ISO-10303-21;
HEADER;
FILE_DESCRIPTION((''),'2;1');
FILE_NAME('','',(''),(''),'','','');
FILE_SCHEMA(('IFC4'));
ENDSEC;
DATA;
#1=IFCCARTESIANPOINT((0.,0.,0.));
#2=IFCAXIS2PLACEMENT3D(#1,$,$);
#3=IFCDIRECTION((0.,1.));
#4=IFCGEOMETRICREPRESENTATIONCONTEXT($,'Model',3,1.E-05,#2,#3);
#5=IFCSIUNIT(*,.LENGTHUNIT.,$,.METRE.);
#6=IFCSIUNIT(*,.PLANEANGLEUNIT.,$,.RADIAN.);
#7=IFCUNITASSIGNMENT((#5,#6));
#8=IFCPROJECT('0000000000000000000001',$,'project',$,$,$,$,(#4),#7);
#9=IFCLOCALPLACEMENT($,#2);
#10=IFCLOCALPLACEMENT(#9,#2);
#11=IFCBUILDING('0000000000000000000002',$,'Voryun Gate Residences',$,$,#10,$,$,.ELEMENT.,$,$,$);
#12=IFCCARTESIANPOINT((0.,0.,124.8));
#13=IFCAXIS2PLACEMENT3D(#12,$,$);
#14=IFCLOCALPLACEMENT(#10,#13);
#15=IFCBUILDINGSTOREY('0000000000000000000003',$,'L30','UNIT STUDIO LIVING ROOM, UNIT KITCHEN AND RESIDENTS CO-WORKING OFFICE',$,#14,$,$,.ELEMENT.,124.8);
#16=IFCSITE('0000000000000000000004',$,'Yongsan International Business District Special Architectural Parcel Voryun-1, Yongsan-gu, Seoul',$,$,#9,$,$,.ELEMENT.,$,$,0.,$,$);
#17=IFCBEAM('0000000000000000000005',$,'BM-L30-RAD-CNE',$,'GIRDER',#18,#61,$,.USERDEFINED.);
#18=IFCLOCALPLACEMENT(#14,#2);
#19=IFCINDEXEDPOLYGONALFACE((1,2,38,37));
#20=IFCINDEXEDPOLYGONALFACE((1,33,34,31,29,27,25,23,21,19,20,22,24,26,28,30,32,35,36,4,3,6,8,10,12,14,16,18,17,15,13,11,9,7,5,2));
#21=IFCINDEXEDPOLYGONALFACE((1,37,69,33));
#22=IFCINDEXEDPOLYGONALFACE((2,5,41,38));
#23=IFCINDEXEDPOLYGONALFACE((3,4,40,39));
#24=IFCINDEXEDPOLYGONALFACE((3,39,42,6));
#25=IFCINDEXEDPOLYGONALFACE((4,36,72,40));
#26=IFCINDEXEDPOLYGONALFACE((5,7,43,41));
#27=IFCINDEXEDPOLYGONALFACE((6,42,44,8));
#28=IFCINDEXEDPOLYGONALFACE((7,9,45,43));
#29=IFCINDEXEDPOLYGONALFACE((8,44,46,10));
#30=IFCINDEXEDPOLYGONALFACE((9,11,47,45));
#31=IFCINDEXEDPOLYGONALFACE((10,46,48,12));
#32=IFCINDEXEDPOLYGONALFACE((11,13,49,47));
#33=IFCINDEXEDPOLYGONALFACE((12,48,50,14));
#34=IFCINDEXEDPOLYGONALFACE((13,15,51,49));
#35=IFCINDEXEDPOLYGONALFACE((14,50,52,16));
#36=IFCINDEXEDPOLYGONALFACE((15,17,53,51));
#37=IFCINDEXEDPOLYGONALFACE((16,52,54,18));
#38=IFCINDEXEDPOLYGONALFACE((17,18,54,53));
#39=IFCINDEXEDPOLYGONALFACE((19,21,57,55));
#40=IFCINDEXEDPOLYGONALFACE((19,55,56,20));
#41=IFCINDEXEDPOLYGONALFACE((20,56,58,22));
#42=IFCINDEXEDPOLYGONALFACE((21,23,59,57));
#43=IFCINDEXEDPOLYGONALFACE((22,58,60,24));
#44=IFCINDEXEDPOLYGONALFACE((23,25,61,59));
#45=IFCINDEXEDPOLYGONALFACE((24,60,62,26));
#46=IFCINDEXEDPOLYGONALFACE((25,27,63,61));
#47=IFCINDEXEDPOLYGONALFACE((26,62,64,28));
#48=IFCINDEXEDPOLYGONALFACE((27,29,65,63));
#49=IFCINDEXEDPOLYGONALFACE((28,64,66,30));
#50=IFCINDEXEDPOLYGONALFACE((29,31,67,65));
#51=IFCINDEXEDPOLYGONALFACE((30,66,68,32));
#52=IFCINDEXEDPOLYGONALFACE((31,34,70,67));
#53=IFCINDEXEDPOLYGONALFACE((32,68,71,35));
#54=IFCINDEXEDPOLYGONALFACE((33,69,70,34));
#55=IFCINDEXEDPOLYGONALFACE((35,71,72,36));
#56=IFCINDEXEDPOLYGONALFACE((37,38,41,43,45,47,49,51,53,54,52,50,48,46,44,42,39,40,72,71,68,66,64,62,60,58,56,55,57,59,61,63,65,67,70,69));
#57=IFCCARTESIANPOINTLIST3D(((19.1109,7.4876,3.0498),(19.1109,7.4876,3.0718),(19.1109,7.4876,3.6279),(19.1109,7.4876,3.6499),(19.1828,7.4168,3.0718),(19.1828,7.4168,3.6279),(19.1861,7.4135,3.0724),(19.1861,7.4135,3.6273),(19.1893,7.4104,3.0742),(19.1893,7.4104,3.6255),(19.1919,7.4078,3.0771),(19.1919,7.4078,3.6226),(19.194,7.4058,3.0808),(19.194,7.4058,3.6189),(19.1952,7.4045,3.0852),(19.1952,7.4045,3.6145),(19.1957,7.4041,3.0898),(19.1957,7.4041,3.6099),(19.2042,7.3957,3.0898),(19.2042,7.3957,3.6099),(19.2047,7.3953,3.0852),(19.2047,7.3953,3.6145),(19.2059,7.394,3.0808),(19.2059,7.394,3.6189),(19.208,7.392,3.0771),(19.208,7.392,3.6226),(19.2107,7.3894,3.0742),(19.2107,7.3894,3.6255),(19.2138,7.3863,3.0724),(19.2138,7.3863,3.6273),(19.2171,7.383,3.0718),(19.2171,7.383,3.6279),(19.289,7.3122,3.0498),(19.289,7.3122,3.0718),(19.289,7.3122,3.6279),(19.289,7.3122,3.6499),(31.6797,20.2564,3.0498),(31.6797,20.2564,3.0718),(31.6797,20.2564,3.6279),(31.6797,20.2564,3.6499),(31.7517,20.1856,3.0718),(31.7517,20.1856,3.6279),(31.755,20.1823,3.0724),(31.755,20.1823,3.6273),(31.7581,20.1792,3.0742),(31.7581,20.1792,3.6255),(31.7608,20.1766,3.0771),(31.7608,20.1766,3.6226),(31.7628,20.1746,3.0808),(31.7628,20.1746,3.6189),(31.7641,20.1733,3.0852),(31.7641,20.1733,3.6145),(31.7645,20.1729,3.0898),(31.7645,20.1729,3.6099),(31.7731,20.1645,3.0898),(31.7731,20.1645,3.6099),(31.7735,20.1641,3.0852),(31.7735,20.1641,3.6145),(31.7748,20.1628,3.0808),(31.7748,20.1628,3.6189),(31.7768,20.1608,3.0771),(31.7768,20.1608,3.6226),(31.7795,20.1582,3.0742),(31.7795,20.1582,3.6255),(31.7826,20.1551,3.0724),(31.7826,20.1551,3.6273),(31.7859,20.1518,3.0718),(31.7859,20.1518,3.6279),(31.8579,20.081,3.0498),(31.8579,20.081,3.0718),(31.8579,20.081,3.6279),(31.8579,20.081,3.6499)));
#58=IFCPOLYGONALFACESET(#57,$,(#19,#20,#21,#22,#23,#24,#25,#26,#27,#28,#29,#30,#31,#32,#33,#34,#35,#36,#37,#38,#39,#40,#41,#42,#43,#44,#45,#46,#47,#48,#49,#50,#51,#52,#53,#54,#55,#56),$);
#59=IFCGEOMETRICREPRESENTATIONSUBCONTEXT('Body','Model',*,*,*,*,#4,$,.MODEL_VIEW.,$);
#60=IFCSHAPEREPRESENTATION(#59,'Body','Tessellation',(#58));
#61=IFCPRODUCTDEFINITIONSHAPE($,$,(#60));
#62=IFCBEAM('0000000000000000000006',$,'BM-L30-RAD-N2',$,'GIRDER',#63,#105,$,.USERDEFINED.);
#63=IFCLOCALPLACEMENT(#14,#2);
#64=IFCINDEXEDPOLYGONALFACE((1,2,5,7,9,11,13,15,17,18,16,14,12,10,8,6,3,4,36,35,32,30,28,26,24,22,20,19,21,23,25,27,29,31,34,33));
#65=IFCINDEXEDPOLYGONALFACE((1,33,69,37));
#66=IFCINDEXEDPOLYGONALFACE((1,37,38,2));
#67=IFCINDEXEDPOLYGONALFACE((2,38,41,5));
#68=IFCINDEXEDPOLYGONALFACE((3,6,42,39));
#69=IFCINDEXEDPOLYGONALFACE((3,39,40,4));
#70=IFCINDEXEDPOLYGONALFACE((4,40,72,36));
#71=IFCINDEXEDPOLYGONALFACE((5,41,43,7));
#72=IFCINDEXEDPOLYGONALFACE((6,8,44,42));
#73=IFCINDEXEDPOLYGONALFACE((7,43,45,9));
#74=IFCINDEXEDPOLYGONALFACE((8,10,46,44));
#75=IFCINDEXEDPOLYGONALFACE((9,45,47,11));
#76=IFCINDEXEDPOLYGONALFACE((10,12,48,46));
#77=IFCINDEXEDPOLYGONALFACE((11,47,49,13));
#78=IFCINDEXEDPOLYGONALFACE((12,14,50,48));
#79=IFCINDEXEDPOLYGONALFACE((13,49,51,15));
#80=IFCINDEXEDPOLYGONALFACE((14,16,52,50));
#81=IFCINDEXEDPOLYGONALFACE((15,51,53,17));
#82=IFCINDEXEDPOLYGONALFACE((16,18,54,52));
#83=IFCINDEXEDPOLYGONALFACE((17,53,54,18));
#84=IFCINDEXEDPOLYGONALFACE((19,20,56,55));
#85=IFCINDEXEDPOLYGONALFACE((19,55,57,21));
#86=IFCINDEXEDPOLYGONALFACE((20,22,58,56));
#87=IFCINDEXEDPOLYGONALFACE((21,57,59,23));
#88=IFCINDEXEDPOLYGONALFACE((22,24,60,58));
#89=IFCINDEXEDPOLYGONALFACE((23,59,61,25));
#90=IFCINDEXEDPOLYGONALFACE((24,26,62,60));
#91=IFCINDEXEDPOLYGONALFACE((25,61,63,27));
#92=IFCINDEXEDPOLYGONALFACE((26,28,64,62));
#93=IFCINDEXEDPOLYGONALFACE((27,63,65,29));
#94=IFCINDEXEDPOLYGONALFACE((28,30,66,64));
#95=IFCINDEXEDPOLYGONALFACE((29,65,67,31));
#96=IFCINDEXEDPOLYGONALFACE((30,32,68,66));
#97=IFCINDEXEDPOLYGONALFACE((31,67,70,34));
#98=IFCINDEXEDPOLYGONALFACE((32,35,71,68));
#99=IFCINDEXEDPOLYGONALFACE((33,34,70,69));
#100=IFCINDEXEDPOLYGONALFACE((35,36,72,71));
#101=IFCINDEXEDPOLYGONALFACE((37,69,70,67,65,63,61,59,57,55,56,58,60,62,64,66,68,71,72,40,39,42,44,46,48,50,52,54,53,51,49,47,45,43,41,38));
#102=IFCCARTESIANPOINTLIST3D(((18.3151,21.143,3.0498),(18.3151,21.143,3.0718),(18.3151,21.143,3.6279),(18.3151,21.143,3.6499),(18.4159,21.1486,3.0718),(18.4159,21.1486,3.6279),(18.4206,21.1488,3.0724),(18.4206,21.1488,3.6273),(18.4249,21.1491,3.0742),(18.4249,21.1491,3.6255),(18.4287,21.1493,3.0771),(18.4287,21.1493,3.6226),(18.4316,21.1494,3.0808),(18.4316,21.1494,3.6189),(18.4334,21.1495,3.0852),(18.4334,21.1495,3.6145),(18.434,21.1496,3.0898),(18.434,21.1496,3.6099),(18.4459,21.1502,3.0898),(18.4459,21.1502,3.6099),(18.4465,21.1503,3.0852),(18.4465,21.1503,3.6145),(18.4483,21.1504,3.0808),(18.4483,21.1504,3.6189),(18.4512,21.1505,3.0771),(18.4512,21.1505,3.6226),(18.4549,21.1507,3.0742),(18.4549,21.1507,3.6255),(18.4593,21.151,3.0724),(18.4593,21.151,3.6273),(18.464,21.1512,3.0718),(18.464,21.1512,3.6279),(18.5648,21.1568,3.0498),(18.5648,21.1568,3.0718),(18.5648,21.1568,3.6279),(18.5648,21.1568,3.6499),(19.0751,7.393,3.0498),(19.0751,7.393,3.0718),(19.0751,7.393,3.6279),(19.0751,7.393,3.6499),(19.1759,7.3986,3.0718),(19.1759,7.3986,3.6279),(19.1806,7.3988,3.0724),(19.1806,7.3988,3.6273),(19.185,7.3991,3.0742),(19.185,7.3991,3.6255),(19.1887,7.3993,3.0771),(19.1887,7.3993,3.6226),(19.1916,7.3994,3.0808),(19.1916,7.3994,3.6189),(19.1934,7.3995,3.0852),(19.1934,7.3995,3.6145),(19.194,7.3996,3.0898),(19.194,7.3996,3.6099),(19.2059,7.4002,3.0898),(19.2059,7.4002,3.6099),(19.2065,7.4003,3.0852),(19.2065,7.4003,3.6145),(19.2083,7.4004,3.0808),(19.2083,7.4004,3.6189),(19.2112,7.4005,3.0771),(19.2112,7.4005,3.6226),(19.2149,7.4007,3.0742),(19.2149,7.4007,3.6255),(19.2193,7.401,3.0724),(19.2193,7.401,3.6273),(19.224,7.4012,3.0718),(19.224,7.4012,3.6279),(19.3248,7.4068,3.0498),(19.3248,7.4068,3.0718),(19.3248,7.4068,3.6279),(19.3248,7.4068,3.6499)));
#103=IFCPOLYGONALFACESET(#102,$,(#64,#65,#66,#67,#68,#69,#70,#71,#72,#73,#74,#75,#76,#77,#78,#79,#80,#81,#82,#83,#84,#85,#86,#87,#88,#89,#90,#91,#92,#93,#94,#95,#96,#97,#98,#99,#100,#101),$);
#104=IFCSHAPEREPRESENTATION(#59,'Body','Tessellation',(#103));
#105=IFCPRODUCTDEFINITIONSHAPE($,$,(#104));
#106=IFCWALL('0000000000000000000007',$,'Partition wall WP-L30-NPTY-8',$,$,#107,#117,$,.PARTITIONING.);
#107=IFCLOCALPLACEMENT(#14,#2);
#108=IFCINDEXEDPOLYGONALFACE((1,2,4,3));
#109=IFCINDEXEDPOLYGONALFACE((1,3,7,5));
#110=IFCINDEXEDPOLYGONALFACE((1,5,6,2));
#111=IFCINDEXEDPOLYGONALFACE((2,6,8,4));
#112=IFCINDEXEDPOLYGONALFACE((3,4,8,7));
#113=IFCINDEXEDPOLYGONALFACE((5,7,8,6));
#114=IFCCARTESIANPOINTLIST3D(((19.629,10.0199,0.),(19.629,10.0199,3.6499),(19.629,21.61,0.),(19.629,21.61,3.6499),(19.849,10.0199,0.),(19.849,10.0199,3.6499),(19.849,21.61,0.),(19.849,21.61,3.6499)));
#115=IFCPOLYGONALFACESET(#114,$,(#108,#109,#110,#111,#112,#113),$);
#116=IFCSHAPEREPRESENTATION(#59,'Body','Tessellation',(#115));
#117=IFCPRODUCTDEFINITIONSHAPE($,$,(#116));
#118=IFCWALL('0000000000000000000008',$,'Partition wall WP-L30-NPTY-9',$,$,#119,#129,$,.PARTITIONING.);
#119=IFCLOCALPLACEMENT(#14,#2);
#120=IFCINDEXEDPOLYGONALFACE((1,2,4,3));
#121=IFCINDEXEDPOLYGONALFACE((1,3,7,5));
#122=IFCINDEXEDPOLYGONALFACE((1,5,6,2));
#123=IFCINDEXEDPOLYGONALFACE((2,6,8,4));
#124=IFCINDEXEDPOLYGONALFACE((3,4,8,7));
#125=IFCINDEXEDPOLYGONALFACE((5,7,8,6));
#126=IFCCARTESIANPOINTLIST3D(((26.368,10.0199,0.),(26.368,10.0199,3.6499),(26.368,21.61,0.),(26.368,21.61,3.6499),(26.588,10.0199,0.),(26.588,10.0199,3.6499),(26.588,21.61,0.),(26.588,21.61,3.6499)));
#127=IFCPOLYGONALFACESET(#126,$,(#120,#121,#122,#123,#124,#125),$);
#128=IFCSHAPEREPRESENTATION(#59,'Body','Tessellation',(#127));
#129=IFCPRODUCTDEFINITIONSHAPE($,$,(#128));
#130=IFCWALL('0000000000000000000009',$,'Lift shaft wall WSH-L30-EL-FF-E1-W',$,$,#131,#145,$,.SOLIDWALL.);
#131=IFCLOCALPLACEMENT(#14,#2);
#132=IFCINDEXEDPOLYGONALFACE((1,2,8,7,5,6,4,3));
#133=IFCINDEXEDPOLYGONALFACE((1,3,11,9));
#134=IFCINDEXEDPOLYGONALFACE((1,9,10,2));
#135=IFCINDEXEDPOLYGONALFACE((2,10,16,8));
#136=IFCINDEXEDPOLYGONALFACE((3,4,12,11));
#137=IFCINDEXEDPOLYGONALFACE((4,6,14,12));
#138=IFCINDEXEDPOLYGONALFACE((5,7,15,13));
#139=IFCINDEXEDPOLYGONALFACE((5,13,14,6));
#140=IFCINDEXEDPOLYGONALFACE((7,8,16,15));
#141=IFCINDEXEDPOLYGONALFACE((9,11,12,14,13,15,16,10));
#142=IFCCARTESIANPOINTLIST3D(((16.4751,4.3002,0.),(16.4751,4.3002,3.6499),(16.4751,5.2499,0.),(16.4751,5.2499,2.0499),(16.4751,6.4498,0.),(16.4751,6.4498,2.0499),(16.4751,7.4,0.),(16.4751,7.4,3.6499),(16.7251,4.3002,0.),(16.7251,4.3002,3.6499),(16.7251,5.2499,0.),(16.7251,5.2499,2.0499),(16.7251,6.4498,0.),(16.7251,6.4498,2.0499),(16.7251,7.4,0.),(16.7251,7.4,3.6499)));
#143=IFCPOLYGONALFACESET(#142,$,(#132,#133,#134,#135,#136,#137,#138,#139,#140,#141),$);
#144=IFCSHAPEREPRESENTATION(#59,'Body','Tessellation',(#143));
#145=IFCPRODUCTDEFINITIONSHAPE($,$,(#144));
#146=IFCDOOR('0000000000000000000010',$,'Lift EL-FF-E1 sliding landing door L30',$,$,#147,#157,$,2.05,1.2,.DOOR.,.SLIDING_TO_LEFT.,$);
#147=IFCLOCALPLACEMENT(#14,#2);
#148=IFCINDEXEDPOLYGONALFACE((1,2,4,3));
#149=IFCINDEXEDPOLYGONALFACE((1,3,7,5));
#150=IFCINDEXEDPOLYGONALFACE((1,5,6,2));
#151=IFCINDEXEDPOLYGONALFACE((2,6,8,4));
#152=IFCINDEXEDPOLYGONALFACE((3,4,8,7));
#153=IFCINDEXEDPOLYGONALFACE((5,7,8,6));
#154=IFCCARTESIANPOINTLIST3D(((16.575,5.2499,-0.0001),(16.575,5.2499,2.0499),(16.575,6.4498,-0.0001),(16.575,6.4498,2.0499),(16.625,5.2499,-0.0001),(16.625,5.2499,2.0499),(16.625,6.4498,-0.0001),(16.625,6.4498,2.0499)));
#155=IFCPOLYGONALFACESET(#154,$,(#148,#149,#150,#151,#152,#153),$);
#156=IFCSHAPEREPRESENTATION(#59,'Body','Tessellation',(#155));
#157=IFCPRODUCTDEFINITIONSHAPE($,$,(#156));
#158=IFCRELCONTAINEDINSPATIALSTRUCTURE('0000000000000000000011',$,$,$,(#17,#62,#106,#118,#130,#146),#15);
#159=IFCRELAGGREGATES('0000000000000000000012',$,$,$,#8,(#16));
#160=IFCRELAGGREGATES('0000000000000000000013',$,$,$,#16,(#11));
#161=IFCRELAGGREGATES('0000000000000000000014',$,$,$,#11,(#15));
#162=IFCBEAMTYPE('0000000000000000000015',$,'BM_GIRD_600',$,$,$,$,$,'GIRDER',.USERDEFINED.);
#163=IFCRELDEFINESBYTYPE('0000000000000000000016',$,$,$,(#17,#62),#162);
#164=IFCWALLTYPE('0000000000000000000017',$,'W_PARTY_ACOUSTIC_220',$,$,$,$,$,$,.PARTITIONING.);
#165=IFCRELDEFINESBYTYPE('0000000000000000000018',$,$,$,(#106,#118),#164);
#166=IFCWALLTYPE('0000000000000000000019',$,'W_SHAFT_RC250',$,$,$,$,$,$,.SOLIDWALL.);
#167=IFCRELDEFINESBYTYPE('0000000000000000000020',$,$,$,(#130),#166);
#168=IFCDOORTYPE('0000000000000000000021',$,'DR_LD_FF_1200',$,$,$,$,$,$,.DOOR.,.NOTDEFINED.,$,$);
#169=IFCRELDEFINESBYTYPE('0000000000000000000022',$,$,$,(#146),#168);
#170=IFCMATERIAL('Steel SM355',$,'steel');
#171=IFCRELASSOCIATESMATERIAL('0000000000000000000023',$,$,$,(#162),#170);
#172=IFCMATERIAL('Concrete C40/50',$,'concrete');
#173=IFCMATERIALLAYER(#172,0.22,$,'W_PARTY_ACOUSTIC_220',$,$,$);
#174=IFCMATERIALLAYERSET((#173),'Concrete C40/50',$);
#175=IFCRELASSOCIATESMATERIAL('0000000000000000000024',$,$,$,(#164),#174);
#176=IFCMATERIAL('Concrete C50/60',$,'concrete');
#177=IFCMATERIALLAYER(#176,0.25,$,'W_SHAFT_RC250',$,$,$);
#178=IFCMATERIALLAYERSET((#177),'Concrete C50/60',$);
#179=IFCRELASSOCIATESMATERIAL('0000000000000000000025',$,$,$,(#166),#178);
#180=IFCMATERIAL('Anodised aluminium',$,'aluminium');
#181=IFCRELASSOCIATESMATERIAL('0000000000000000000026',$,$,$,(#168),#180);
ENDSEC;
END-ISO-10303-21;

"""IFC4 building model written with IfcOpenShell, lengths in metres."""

from ifc_helpers import new_model, si_unit, direction, frame, frame_2d, origin, origin_2d, place, context, subcontext, project, spatial, rectangle, i_section, extrude, material, layer, layer_set, material_profile, profile_set, type_object, element, fill, save


model = new_model("IFC4")

# Units and contexts
model_context = context("Model", 3, precision=1e-05, world=origin(), true_north=direction((0.0, 1.0)))
body_context = subcontext(model_context, "Body", "Model", "MODEL_VIEW")
ifc_project = project(units=[si_unit("LENGTHUNIT", "METRE"), si_unit("PLANEANGLEUNIT", "RADIAN")], contexts=[model_context])

# Site, building, storey
site_placement = place(None, origin())
site = spatial("IfcSite", under=ifc_project, at=site_placement, Name="Yongsan International Business District Special Architectural Parcel Voryun-1, Yongsan-gu, Seoul", CompositionType="ELEMENT", RefElevation=0.0)
building_placement = place(site_placement, origin())
building = spatial("IfcBuilding", under=site, at=building_placement, Name="Voryun Gate Residences", CompositionType="ELEMENT")
storey_placement = place(building_placement, frame((0.0, 0.0, 124.8)))
storey = spatial("IfcBuildingStorey", under=building, at=storey_placement, Name="L30", Description="UNIT STUDIO LIVING ROOM, UNIT KITCHEN AND RESIDENTS CO-WORKING OFFICE", CompositionType="ELEMENT", Elevation=124.8)

# Beams
ifc_material_1 = material(Name="Steel SM355", Category="steel")
ifc_material_profile_1 = material_profile(ifc_material_1, i_section(OverallWidth=0.25, OverallDepth=0.6001, WebThickness=0.012, FlangeThickness=0.022, FilletRadius=0.0181, at=origin_2d()), Name="H-600x250x12x22")
ifc_profile_set_1 = profile_set([ifc_material_profile_1], Name="Steel SM355")
beam_type_1 = type_object("IfcBeamType", Name="BM_GIRD_600", ElementType="GIRDER", PredefinedType="USERDEFINED", material=ifc_profile_set_1)
beam_1_placement = place(storey_placement, frame((19.2, 7.3999, 3.3499), z_axis=(0.701505, 0.712665, 0.0), x_axis=(-0.712665, 0.701505, 0.0)))
element("IfcBeam", 1, at=beam_1_placement, inside=storey, type_object=beam_type_1, Name="BM-L30-RAD-CNE", ObjectType="GIRDER", PredefinedType="USERDEFINED", context=body_context, shape_type="SweptSolid", body=[
    extrude(i_section(OverallWidth=0.25, OverallDepth=0.6001, WebThickness=0.012, FlangeThickness=0.022, FilletRadius=0.0181, at=origin_2d()), origin(), (0.0, 0.0, 1.0), 17.917),
])
beam_2_placement = place(storey_placement, frame((19.2, 7.3999, 3.3499), z_axis=(-0.055189, 0.998476, 0.0), x_axis=(-0.998476, -0.055189, 0.0)))
element("IfcBeam", 2, at=beam_2_placement, inside=storey, type_object=beam_type_1, Name="BM-L30-RAD-N2", ObjectType="GIRDER", PredefinedType="USERDEFINED", context=body_context, shape_type="SweptSolid", body=[
    extrude(i_section(OverallWidth=0.25, OverallDepth=0.6001, WebThickness=0.012, FlangeThickness=0.022, FilletRadius=0.0181, at=origin_2d()), origin(), (0.0, 0.0, 1.0), 13.771),
])

# Walls
ifc_material_2 = material(Name="Concrete C40/50", Category="concrete")
ifc_layer_1 = layer(ifc_material_2, 0.22, Name="W_PARTY_ACOUSTIC_220")
ifc_layer_set_1 = layer_set([ifc_layer_1], Name="Concrete C40/50")
wall_type_1 = type_object("IfcWallType", Name="W_PARTY_ACOUSTIC_220", PredefinedType="PARTITIONING", material=ifc_layer_set_1)
for number, where, z_axis, x_axis, name in (
    (3, (19.739, 10.02, 0.0), (0.0, 0.0, 1.0), (0.0, 1.0, 0.0), "Partition wall WP-L30-NPTY-8"),
    (4, (26.478, 10.02, 0.0), (0.0, 0.0, 1.0), (0.0, 1.0, 0.0), "Partition wall WP-L30-NPTY-9"),
):
    element("IfcWall", number, at=place(storey_placement, frame(where, z_axis=z_axis, x_axis=x_axis)), inside=storey, type_object=wall_type_1, Name=name, PredefinedType="PARTITIONING", context=body_context, shape_type="SweptSolid", body=[
        extrude(rectangle(XDim=11.5901, YDim=0.22, at=frame_2d((5.7949, 0.0))), origin(), (0.0, 0.0, 1.0), 3.6499),
    ])

# Wall, opening, door
ifc_material_3 = material(Name="Concrete C50/60", Category="concrete")
ifc_layer_2 = layer(ifc_material_3, 0.25, Name="W_SHAFT_RC250")
ifc_layer_set_2 = layer_set([ifc_layer_2], Name="Concrete C50/60")
wall_type_2 = type_object("IfcWallType", Name="W_SHAFT_RC250", PredefinedType="SOLIDWALL", material=ifc_layer_set_2)
wall_1_placement = place(storey_placement, frame((16.6001, 7.3999, 0.0), z_axis=(0.0, 0.0, 1.0), x_axis=(0.0, -1.0, 0.0)))
wall_1 = element("IfcWall", 5, at=wall_1_placement, inside=storey, type_object=wall_type_2, Name="Lift shaft wall WSH-L30-EL-FF-E1-W", PredefinedType="SOLIDWALL", context=body_context, shape_type="SweptSolid", body=[
    extrude(rectangle(XDim=3.0999, YDim=0.25, at=frame_2d((1.5498, 0.0))), origin(), (0.0, 0.0, 1.0), 3.6499),
])
opening_1_placement = place(wall_1_placement, frame((0.95, 0.0, 0.0)))
opening_1 = element("IfcOpeningElement", 6, at=opening_1_placement, cuts=wall_1, PredefinedType="OPENING", context=body_context, shape_type="SweptSolid", body=[
    extrude(rectangle(XDim=1.2, YDim=2.05, at=frame_2d((0.6001, 1.0249))), frame((0.0, 0.135, 0.0), z_axis=(0.0, -1.0, 0.0), x_axis=(1.0, 0.0, 0.0)), (0.0, 0.0, 1.0), 0.27),
])
ifc_material_4 = material(Name="Anodised aluminium", Category="aluminium")
door_type_1 = type_object("IfcDoorType", Name="DR_LD_FF_1200", OperationType="NOTDEFINED", PredefinedType="DOOR", material=ifc_material_4)
door_1_placement = place(opening_1_placement, origin())
door_1 = element("IfcDoor", 7, at=door_1_placement, inside=storey, type_object=door_type_1, Name="Lift EL-FF-E1 sliding landing door L30", OperationType="SLIDING_TO_LEFT", OverallHeight=2.05, OverallWidth=1.2, PredefinedType="DOOR", context=body_context, shape_type="SweptSolid", body=[
    extrude(rectangle(XDim=1.2, YDim=2.05, at=frame_2d((0.6001, 1.0249))), frame((0.0, 0.0249, 0.0), z_axis=(0.0, -1.0, 0.0), x_axis=(1.0, 0.0, 0.0)), (0.0, 0.0, 1.0), 0.05),
])
fill(opening_1, door_1)

save(model, "model.ifc")
